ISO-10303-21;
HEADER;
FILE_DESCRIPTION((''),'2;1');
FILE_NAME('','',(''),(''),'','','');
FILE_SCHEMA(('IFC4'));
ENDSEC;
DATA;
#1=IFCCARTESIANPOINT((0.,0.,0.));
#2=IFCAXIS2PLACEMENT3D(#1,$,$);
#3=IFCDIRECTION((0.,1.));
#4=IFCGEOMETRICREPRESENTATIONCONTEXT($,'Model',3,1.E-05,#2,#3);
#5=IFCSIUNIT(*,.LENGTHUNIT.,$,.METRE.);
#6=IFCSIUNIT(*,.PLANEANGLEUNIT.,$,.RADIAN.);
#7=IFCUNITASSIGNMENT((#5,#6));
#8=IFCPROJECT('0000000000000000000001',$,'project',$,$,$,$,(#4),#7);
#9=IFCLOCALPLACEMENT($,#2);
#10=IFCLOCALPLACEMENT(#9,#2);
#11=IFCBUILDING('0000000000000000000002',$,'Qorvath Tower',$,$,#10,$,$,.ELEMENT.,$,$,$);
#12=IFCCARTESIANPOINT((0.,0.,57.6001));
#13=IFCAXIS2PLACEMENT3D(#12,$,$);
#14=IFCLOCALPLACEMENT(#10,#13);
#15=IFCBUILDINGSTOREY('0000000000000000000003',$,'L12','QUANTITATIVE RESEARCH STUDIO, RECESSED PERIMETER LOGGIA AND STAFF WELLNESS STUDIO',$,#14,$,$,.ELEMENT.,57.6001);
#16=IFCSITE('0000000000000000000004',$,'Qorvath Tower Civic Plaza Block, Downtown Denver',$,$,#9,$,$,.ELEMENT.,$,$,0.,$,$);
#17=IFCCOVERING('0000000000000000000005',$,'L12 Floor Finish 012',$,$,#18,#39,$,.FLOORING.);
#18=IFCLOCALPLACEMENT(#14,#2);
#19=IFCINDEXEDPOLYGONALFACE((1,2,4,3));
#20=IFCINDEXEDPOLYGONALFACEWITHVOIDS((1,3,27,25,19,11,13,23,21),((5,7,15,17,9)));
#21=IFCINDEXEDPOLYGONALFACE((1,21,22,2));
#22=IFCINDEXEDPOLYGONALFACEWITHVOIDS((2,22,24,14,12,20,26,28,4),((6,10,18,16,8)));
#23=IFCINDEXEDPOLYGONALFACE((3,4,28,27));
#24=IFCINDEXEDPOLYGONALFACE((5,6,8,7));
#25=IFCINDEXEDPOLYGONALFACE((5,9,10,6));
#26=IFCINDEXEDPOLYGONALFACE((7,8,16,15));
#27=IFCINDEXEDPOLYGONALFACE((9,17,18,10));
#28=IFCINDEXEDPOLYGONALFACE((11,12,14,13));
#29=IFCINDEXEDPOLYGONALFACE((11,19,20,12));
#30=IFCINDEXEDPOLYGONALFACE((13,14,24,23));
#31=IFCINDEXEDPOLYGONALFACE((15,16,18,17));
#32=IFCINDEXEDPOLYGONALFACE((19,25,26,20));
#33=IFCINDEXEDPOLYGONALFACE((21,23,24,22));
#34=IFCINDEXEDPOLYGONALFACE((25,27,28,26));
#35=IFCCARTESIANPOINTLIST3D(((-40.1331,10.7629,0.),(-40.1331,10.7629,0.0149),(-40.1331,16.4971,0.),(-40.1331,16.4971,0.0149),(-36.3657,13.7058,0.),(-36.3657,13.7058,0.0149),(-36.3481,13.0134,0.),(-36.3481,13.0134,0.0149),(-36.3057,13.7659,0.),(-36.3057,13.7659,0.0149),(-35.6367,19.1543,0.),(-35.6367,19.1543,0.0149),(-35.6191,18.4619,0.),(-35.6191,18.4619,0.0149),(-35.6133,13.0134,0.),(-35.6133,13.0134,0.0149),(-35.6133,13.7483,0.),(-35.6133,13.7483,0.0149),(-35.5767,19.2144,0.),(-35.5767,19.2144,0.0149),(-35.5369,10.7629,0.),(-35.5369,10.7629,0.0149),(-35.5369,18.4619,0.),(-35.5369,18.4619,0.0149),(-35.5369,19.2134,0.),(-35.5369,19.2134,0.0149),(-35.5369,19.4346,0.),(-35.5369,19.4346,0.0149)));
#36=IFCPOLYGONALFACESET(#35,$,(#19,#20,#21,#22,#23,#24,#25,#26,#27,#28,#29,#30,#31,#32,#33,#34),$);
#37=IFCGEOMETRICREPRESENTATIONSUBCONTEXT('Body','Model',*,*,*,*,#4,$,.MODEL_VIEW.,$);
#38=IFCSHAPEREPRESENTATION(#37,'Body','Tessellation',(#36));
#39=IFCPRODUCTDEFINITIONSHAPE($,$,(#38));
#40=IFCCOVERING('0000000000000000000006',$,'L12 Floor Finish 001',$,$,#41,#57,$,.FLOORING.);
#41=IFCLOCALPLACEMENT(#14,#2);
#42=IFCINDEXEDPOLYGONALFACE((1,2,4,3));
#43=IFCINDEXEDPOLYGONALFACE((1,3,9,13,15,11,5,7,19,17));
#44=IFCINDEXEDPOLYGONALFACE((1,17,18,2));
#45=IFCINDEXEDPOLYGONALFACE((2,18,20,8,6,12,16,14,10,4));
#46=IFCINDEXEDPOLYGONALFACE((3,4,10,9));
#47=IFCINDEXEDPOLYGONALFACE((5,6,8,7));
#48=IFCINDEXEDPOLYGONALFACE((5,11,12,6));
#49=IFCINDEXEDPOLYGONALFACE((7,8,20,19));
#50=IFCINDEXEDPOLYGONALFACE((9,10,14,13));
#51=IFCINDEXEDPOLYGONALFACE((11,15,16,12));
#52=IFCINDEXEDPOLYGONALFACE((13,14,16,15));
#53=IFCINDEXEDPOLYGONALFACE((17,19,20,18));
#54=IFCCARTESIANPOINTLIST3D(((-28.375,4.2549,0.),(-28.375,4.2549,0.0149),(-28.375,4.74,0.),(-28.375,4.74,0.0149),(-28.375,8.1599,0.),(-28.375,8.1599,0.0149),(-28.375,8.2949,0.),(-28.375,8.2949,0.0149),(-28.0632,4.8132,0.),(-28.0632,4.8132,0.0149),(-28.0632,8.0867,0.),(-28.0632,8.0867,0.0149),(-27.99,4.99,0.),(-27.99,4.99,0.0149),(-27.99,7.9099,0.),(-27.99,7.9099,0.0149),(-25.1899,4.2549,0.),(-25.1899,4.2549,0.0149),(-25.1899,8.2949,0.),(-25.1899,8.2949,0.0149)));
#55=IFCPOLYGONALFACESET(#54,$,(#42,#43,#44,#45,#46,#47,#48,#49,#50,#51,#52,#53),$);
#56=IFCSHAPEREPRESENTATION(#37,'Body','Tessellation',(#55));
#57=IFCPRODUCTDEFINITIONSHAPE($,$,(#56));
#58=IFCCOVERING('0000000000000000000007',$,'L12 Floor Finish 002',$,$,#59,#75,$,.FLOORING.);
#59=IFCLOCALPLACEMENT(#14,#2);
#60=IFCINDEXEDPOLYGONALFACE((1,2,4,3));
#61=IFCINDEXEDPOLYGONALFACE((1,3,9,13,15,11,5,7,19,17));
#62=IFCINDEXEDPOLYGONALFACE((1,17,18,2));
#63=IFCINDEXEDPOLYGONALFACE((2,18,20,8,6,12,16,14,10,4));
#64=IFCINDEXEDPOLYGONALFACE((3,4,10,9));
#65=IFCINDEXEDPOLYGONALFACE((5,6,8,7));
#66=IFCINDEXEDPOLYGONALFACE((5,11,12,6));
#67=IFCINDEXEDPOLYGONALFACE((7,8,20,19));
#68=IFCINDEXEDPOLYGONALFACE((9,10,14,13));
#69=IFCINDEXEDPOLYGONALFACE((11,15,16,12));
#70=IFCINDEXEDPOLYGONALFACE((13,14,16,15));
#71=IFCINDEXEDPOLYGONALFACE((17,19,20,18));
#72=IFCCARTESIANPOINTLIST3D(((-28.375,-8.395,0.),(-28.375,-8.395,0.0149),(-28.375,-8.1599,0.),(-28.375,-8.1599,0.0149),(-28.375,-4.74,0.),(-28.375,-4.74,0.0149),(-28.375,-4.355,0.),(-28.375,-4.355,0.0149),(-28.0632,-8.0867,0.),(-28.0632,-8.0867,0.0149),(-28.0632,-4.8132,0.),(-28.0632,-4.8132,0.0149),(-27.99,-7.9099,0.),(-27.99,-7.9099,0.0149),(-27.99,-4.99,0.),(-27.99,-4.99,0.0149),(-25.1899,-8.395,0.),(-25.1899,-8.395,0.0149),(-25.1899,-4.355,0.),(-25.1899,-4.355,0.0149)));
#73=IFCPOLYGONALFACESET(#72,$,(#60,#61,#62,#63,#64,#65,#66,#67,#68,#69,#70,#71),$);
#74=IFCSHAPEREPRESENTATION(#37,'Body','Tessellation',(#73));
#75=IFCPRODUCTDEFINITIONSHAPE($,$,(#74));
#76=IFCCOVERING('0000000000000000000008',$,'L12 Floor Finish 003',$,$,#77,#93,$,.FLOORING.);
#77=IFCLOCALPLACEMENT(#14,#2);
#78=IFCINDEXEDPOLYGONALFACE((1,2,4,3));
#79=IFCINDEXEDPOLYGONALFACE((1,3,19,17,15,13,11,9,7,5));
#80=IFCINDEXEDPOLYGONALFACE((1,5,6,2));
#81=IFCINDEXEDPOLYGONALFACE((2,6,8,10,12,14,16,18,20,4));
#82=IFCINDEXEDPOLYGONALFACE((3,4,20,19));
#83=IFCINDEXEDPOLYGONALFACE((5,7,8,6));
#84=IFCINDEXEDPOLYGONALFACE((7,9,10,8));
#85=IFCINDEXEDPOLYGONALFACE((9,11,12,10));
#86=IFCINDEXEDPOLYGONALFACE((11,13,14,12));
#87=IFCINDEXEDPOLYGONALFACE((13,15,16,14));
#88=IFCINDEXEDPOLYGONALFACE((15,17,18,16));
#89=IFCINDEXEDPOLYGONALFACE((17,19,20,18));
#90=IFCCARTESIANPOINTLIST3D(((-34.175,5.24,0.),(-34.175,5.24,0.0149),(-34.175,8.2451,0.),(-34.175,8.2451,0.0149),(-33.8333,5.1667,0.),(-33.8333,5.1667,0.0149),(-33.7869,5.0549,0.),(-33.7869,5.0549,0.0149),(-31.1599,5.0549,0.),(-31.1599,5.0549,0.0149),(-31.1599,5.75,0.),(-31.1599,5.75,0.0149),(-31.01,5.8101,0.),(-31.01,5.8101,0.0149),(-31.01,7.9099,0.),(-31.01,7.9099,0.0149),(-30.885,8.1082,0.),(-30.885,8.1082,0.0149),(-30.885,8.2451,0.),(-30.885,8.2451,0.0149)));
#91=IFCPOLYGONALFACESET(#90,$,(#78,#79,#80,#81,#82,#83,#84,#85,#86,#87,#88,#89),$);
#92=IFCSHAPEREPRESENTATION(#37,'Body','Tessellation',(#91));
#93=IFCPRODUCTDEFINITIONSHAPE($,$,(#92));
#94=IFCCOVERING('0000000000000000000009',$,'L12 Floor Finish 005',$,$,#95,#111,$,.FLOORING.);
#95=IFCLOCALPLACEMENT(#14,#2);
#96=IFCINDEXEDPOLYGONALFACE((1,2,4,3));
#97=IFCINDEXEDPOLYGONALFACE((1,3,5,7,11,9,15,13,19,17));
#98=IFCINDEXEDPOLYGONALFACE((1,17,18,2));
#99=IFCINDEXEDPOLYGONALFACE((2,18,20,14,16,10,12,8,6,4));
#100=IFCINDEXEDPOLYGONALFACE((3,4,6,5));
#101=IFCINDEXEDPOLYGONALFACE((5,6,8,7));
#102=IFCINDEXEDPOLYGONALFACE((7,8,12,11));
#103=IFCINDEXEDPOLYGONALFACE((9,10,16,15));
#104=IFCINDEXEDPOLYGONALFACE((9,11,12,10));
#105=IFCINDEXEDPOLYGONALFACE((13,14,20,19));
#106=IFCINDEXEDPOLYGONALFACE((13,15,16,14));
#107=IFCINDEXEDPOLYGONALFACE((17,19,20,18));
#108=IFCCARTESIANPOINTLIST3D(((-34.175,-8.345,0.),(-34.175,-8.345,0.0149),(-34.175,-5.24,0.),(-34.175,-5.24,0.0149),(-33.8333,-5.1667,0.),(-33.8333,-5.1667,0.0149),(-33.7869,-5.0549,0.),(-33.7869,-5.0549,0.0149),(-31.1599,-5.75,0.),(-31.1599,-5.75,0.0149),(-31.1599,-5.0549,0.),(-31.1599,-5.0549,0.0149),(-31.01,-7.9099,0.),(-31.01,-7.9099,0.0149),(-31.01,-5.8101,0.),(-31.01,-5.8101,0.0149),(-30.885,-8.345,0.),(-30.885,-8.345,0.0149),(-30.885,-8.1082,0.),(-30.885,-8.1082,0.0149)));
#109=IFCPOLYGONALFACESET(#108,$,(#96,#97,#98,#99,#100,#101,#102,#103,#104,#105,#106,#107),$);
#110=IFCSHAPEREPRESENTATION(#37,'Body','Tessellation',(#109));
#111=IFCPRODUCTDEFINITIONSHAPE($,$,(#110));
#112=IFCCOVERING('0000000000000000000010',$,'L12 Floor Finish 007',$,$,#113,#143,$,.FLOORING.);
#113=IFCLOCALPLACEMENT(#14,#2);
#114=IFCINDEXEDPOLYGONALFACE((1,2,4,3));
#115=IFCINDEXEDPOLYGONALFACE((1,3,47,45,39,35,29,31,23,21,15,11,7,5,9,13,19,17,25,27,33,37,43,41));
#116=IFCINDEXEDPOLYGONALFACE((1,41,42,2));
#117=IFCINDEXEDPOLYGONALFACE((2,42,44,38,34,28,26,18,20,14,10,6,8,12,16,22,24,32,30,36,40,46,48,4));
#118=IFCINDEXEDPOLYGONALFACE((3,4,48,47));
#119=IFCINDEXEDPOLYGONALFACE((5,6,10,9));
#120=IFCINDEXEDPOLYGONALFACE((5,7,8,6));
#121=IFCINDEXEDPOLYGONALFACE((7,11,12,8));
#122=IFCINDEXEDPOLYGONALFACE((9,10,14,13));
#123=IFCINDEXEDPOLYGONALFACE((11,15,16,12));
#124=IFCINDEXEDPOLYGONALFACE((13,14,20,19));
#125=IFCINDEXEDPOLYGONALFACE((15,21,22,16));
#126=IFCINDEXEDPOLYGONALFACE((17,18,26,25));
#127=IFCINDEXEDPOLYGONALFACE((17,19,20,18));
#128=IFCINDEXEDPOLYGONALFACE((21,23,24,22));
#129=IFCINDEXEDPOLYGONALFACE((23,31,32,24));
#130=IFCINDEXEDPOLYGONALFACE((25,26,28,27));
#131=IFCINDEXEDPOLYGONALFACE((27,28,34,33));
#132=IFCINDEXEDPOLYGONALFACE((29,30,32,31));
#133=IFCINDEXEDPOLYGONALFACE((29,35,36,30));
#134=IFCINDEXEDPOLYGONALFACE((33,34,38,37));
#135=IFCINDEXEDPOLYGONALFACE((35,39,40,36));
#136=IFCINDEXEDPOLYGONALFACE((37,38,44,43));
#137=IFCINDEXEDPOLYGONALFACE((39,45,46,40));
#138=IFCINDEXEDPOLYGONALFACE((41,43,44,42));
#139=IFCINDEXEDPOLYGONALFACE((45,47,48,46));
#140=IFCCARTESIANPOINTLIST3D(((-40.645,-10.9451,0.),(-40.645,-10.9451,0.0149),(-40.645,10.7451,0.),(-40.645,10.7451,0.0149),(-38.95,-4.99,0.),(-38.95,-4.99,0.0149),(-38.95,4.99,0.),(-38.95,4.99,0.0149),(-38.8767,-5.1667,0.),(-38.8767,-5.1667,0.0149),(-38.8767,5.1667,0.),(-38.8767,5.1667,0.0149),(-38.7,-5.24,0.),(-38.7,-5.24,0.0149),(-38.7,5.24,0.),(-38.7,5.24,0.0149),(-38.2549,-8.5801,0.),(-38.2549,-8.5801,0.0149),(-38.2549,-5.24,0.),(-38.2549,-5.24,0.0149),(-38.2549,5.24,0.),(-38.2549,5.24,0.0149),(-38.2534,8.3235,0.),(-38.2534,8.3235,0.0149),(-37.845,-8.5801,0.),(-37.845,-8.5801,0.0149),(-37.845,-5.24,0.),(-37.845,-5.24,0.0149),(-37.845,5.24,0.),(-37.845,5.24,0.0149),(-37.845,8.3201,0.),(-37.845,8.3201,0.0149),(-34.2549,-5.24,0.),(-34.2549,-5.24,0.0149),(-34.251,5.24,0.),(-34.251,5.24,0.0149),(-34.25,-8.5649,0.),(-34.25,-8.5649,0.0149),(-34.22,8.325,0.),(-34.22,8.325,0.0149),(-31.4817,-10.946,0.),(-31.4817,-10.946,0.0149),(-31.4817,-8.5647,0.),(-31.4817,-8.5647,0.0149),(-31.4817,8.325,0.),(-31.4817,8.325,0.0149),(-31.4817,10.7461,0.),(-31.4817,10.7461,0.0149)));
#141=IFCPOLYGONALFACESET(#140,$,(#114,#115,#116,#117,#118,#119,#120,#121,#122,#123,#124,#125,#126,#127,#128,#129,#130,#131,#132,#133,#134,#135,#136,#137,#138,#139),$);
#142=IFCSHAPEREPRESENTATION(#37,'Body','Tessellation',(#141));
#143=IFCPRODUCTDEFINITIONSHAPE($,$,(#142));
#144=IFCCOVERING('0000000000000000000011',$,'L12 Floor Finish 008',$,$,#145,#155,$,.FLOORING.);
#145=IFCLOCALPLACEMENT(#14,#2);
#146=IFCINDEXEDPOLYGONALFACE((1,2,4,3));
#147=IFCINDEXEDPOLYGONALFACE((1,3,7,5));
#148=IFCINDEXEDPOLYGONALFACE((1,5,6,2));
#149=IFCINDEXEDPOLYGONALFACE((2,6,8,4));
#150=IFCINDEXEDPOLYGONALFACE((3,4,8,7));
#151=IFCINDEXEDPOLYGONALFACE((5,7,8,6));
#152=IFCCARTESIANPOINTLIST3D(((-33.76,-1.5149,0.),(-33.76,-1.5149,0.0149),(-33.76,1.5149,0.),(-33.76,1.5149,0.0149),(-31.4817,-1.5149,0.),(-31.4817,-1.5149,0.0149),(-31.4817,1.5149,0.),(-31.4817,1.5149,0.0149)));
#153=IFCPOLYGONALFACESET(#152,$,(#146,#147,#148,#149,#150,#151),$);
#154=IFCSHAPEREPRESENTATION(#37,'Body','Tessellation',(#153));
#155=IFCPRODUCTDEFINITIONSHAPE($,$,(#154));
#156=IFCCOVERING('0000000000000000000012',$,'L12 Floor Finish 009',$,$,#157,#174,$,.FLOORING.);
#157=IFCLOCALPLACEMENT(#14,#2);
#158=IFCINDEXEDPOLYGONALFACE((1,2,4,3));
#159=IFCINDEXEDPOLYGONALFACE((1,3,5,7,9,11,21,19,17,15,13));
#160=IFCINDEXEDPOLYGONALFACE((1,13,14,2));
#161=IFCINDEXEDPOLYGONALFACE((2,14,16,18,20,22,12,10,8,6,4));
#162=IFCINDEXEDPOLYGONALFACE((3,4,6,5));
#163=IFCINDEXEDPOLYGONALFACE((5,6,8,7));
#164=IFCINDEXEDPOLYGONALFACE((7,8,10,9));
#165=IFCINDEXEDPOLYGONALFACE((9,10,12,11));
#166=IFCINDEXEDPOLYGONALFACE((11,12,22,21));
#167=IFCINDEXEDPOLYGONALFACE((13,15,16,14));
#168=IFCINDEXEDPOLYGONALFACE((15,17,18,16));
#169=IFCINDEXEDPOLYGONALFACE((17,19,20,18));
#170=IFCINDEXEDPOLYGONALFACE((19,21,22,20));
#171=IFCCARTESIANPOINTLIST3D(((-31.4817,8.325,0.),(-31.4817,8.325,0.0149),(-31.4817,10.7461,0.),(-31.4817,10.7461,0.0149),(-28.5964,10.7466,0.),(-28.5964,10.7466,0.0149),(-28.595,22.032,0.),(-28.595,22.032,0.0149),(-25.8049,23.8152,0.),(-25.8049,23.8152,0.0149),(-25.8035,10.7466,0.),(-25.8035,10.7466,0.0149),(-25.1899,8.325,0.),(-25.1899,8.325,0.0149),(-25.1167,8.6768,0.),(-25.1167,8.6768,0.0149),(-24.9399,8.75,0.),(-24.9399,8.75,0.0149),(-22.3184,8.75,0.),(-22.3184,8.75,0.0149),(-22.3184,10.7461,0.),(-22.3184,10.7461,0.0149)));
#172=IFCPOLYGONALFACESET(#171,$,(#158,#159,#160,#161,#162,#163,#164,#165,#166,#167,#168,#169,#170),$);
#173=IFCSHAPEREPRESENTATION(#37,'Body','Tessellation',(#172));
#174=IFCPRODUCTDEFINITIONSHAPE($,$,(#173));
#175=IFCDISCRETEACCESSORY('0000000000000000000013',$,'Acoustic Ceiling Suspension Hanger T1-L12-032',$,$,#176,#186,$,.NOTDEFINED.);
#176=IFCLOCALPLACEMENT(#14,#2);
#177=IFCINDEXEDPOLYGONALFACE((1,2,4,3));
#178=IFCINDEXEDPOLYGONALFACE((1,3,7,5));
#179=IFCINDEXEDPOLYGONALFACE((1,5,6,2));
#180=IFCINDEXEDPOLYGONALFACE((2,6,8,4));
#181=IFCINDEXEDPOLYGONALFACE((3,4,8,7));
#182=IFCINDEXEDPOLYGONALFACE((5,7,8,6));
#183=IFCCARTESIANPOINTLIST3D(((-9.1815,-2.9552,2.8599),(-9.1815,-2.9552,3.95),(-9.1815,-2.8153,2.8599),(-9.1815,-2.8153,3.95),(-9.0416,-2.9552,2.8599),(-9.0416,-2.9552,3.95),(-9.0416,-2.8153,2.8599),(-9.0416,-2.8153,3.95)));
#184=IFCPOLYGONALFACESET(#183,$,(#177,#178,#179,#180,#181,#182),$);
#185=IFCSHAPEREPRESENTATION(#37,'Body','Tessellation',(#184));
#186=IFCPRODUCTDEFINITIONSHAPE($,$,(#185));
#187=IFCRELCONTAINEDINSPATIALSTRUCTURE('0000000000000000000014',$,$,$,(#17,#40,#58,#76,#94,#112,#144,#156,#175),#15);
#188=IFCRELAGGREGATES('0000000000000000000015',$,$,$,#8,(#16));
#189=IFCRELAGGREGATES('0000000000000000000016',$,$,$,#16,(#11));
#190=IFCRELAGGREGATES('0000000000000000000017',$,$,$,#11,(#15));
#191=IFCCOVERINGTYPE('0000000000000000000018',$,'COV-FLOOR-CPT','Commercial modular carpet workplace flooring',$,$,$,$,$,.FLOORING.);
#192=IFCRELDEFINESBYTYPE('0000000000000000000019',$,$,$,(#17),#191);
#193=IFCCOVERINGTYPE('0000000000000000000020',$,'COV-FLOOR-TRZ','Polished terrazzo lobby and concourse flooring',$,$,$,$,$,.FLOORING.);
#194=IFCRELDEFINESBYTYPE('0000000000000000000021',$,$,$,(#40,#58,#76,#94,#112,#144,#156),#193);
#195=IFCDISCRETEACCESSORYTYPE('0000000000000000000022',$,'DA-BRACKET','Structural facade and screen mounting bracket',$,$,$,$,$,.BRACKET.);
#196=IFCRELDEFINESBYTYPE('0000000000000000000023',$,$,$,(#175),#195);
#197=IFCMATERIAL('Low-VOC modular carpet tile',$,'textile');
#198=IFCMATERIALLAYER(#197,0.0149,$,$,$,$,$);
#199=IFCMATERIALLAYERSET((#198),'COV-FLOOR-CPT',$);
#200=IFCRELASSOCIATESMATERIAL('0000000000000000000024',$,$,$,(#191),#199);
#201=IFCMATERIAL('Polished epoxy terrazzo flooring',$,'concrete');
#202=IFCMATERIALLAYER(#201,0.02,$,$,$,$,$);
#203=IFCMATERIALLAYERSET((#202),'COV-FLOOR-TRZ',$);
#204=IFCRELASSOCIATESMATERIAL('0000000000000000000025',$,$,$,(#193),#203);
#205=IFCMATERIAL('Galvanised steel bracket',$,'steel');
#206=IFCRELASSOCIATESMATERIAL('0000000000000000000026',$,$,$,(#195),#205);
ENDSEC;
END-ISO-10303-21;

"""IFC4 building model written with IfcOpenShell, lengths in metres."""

from ifc_helpers import new_model, si_unit, direction, frame, origin, origin_2d, place, context, subcontext, project, spatial, polyline, rectangle, outline, extrude, material, layer, layer_set, type_object, element, save


model = new_model("IFC4")

# Units and contexts
model_context = context("Model", 3, precision=1e-05, world=origin(), true_north=direction((0.0, 1.0)))
body_context = subcontext(model_context, "Body", "Model", "MODEL_VIEW")
ifc_project = project(units=[si_unit("LENGTHUNIT", "METRE"), si_unit("PLANEANGLEUNIT", "RADIAN")], contexts=[model_context])

# Site, building, storey
site_placement = place(None, origin())
site = spatial("IfcSite", under=ifc_project, at=site_placement, Name="Qorvath Tower Civic Plaza Block, Downtown Denver", CompositionType="ELEMENT", RefElevation=0.0)
building_placement = place(site_placement, origin())
building = spatial("IfcBuilding", under=site, at=building_placement, Name="Qorvath Tower", CompositionType="ELEMENT")
storey_placement = place(building_placement, frame((0.0, 0.0, 57.6001)))
storey = spatial("IfcBuildingStorey", under=building, at=storey_placement, Name="L12", Description="QUANTITATIVE RESEARCH STUDIO, RECESSED PERIMETER LOGGIA AND STAFF WELLNESS STUDIO", CompositionType="ELEMENT", Elevation=57.6001)

# Coverings
ifc_material_1 = material(Name="Low-VOC modular carpet tile", Category="textile")
ifc_layer_1 = layer(ifc_material_1, 0.0149)
ifc_layer_set_1 = layer_set([ifc_layer_1], Name="COV-FLOOR-CPT")
covering_type_1 = type_object("IfcCoveringType", Name="COV-FLOOR-CPT", Description="Commercial modular carpet workplace flooring", PredefinedType="FLOORING", material=ifc_layer_set_1)
covering_1_placement = place(storey_placement, origin())
element("IfcCovering", 1, at=covering_1_placement, inside=storey, type_object=covering_type_1, Name="L12 Floor Finish 012", PredefinedType="FLOORING", context=body_context, shape_type="SweptSolid", body=[
    extrude(outline(polyline([(-35.5369, 10.7629), (-35.5369, 18.4619), (-35.6191, 18.4619), (-35.6367, 19.1543), (-35.5767, 19.2144), (-35.5369, 19.2134), (-35.5369, 19.4346), (-40.1331, 16.4971), (-40.1331, 10.7629), (-35.5369, 10.7629)]), holes=[polyline([(-36.3657, 13.7058), (-36.3057, 13.7659), (-35.6133, 13.7483), (-35.6133, 13.0134), (-36.3481, 13.0134), (-36.3657, 13.7058)])]), origin(), (0.0, 0.0, 1.0), 0.0149),
])
ifc_material_2 = material(Name="Polished epoxy terrazzo flooring", Category="concrete")
ifc_layer_2 = layer(ifc_material_2, 0.02)
ifc_layer_set_2 = layer_set([ifc_layer_2], Name="COV-FLOOR-TRZ")
covering_type_2 = type_object("IfcCoveringType", Name="COV-FLOOR-TRZ", Description="Polished terrazzo lobby and concourse flooring", PredefinedType="FLOORING", material=ifc_layer_set_2)
covering_2_placement = place(storey_placement, origin())
element("IfcCovering", 2, at=covering_2_placement, inside=storey, type_object=covering_type_2, Name="L12 Floor Finish 001", PredefinedType="FLOORING", context=body_context, shape_type="SweptSolid", body=[
    extrude(outline(polyline([(-25.1899, 4.2549), (-25.1899, 8.2949), (-28.375, 8.2949), (-28.375, 8.1599), (-28.0632, 8.0867), (-27.99, 7.9099), (-27.99, 4.99), (-28.0632, 4.8132), (-28.375, 4.74), (-28.375, 4.2549), (-25.1899, 4.2549)])), origin(), (0.0, 0.0, 1.0), 0.0149),
])
covering_3_placement = place(storey_placement, origin())
element("IfcCovering", 3, at=covering_3_placement, inside=storey, type_object=covering_type_2, Name="L12 Floor Finish 002", PredefinedType="FLOORING", context=body_context, shape_type="SweptSolid", body=[
    extrude(outline(polyline([(-25.1899, -8.395), (-25.1899, -4.355), (-28.375, -4.355), (-28.375, -4.74), (-28.0632, -4.8132), (-27.99, -4.99), (-27.99, -7.9099), (-28.0632, -8.0867), (-28.375, -8.1599), (-28.375, -8.395), (-25.1899, -8.395)])), origin(), (0.0, 0.0, 1.0), 0.0149),
])
covering_4_placement = place(storey_placement, origin())
element("IfcCovering", 4, at=covering_4_placement, inside=storey, type_object=covering_type_2, Name="L12 Floor Finish 003", PredefinedType="FLOORING", context=body_context, shape_type="SweptSolid", body=[
    extrude(outline(polyline([(-31.01, 7.9099), (-30.885, 8.1082), (-30.885, 8.2451), (-34.175, 8.2451), (-34.175, 5.24), (-33.8333, 5.1667), (-33.7869, 5.0549), (-31.1599, 5.0549), (-31.1599, 5.75), (-31.01, 5.8101), (-31.01, 7.9099)])), origin(), (0.0, 0.0, 1.0), 0.0149),
])
covering_5_placement = place(storey_placement, origin())
element("IfcCovering", 5, at=covering_5_placement, inside=storey, type_object=covering_type_2, Name="L12 Floor Finish 005", PredefinedType="FLOORING", context=body_context, shape_type="SweptSolid", body=[
    extrude(outline(polyline([(-31.1599, -5.0549), (-33.7869, -5.0549), (-33.8333, -5.1667), (-34.175, -5.24), (-34.175, -8.345), (-30.885, -8.345), (-30.885, -8.1082), (-31.01, -7.9099), (-31.01, -5.8101), (-31.1599, -5.75), (-31.1599, -5.0549)])), origin(), (0.0, 0.0, 1.0), 0.0149),
])
covering_6_placement = place(storey_placement, origin())
element("IfcCovering", 6, at=covering_6_placement, inside=storey, type_object=covering_type_2, Name="L12 Floor Finish 007", PredefinedType="FLOORING", context=body_context, shape_type="SweptSolid", body=[
    extrude(outline(polyline([(-31.4817, -10.946), (-31.4817, -8.5647), (-34.25, -8.5649), (-34.2549, -5.24), (-37.845, -5.24), (-37.845, -8.5801), (-38.2549, -8.5801), (-38.2549, -5.24), (-38.7, -5.24), (-38.8767, -5.1667), (-38.95, -4.99), (-38.95, 4.99), (-38.8767, 5.1667), (-38.7, 5.24), (-38.2549, 5.24), (-38.2534, 8.3235), (-37.845, 8.3201), (-37.845, 5.24), (-34.251, 5.24), (-34.22, 8.325), (-31.4817, 8.325), (-31.4817, 10.7461), (-40.645, 10.7451), (-40.645, -10.9451), (-31.4817, -10.946)])), origin(), (0.0, 0.0, 1.0), 0.0149),
])
covering_7_placement = place(storey_placement, origin())
element("IfcCovering", 7, at=covering_7_placement, inside=storey, type_object=covering_type_2, Name="L12 Floor Finish 008", PredefinedType="FLOORING", context=body_context, shape_type="SweptSolid", body=[
    extrude(outline(polyline([(-31.4817, -1.5149), (-31.4817, 1.5149), (-33.76, 1.5149), (-33.76, -1.5149), (-31.4817, -1.5149)])), origin(), (0.0, 0.0, 1.0), 0.0149),
])
covering_8_placement = place(storey_placement, origin())
element("IfcCovering", 8, at=covering_8_placement, inside=storey, type_object=covering_type_2, Name="L12 Floor Finish 009", PredefinedType="FLOORING", context=body_context, shape_type="SweptSolid", body=[
    extrude(outline(polyline([(-31.4817, 10.7461), (-31.4817, 8.325), (-25.1899, 8.325), (-25.1167, 8.6768), (-24.9399, 8.75), (-22.3184, 8.75), (-22.3184, 10.7461), (-25.8035, 10.7466), (-25.8049, 23.8152), (-28.595, 22.032), (-28.5964, 10.7466), (-31.4817, 10.7461)])), origin(), (0.0, 0.0, 1.0), 0.0149),
])

# Discrete accessory
ifc_material_3 = material(Name="Galvanised steel bracket", Category="steel")
discrete_accessory_type = type_object("IfcDiscreteAccessoryType", Name="DA-BRACKET", Description="Structural facade and screen mounting bracket", PredefinedType="BRACKET", material=ifc_material_3)
for number, where, z_axis, x_axis, name in (
    (9, (-9.1116, -2.8853, 2.8599), (0.0, 0.0, 1.0), (1.0, 0.0, 0.0), "Acoustic Ceiling Suspension Hanger T1-L12-032"),
):
    element("IfcDiscreteAccessory", number, at=place(storey_placement, frame(where, z_axis=z_axis, x_axis=x_axis)), inside=storey, type_object=discrete_accessory_type, Name=name, PredefinedType="NOTDEFINED", context=body_context, shape_type="SweptSolid", body=[
        extrude(rectangle(XDim=0.1399, YDim=0.1399, at=origin_2d()), origin(), (0.0, 0.0, 1.0), 1.0901),
    ])

save(model, "model.ifc")
